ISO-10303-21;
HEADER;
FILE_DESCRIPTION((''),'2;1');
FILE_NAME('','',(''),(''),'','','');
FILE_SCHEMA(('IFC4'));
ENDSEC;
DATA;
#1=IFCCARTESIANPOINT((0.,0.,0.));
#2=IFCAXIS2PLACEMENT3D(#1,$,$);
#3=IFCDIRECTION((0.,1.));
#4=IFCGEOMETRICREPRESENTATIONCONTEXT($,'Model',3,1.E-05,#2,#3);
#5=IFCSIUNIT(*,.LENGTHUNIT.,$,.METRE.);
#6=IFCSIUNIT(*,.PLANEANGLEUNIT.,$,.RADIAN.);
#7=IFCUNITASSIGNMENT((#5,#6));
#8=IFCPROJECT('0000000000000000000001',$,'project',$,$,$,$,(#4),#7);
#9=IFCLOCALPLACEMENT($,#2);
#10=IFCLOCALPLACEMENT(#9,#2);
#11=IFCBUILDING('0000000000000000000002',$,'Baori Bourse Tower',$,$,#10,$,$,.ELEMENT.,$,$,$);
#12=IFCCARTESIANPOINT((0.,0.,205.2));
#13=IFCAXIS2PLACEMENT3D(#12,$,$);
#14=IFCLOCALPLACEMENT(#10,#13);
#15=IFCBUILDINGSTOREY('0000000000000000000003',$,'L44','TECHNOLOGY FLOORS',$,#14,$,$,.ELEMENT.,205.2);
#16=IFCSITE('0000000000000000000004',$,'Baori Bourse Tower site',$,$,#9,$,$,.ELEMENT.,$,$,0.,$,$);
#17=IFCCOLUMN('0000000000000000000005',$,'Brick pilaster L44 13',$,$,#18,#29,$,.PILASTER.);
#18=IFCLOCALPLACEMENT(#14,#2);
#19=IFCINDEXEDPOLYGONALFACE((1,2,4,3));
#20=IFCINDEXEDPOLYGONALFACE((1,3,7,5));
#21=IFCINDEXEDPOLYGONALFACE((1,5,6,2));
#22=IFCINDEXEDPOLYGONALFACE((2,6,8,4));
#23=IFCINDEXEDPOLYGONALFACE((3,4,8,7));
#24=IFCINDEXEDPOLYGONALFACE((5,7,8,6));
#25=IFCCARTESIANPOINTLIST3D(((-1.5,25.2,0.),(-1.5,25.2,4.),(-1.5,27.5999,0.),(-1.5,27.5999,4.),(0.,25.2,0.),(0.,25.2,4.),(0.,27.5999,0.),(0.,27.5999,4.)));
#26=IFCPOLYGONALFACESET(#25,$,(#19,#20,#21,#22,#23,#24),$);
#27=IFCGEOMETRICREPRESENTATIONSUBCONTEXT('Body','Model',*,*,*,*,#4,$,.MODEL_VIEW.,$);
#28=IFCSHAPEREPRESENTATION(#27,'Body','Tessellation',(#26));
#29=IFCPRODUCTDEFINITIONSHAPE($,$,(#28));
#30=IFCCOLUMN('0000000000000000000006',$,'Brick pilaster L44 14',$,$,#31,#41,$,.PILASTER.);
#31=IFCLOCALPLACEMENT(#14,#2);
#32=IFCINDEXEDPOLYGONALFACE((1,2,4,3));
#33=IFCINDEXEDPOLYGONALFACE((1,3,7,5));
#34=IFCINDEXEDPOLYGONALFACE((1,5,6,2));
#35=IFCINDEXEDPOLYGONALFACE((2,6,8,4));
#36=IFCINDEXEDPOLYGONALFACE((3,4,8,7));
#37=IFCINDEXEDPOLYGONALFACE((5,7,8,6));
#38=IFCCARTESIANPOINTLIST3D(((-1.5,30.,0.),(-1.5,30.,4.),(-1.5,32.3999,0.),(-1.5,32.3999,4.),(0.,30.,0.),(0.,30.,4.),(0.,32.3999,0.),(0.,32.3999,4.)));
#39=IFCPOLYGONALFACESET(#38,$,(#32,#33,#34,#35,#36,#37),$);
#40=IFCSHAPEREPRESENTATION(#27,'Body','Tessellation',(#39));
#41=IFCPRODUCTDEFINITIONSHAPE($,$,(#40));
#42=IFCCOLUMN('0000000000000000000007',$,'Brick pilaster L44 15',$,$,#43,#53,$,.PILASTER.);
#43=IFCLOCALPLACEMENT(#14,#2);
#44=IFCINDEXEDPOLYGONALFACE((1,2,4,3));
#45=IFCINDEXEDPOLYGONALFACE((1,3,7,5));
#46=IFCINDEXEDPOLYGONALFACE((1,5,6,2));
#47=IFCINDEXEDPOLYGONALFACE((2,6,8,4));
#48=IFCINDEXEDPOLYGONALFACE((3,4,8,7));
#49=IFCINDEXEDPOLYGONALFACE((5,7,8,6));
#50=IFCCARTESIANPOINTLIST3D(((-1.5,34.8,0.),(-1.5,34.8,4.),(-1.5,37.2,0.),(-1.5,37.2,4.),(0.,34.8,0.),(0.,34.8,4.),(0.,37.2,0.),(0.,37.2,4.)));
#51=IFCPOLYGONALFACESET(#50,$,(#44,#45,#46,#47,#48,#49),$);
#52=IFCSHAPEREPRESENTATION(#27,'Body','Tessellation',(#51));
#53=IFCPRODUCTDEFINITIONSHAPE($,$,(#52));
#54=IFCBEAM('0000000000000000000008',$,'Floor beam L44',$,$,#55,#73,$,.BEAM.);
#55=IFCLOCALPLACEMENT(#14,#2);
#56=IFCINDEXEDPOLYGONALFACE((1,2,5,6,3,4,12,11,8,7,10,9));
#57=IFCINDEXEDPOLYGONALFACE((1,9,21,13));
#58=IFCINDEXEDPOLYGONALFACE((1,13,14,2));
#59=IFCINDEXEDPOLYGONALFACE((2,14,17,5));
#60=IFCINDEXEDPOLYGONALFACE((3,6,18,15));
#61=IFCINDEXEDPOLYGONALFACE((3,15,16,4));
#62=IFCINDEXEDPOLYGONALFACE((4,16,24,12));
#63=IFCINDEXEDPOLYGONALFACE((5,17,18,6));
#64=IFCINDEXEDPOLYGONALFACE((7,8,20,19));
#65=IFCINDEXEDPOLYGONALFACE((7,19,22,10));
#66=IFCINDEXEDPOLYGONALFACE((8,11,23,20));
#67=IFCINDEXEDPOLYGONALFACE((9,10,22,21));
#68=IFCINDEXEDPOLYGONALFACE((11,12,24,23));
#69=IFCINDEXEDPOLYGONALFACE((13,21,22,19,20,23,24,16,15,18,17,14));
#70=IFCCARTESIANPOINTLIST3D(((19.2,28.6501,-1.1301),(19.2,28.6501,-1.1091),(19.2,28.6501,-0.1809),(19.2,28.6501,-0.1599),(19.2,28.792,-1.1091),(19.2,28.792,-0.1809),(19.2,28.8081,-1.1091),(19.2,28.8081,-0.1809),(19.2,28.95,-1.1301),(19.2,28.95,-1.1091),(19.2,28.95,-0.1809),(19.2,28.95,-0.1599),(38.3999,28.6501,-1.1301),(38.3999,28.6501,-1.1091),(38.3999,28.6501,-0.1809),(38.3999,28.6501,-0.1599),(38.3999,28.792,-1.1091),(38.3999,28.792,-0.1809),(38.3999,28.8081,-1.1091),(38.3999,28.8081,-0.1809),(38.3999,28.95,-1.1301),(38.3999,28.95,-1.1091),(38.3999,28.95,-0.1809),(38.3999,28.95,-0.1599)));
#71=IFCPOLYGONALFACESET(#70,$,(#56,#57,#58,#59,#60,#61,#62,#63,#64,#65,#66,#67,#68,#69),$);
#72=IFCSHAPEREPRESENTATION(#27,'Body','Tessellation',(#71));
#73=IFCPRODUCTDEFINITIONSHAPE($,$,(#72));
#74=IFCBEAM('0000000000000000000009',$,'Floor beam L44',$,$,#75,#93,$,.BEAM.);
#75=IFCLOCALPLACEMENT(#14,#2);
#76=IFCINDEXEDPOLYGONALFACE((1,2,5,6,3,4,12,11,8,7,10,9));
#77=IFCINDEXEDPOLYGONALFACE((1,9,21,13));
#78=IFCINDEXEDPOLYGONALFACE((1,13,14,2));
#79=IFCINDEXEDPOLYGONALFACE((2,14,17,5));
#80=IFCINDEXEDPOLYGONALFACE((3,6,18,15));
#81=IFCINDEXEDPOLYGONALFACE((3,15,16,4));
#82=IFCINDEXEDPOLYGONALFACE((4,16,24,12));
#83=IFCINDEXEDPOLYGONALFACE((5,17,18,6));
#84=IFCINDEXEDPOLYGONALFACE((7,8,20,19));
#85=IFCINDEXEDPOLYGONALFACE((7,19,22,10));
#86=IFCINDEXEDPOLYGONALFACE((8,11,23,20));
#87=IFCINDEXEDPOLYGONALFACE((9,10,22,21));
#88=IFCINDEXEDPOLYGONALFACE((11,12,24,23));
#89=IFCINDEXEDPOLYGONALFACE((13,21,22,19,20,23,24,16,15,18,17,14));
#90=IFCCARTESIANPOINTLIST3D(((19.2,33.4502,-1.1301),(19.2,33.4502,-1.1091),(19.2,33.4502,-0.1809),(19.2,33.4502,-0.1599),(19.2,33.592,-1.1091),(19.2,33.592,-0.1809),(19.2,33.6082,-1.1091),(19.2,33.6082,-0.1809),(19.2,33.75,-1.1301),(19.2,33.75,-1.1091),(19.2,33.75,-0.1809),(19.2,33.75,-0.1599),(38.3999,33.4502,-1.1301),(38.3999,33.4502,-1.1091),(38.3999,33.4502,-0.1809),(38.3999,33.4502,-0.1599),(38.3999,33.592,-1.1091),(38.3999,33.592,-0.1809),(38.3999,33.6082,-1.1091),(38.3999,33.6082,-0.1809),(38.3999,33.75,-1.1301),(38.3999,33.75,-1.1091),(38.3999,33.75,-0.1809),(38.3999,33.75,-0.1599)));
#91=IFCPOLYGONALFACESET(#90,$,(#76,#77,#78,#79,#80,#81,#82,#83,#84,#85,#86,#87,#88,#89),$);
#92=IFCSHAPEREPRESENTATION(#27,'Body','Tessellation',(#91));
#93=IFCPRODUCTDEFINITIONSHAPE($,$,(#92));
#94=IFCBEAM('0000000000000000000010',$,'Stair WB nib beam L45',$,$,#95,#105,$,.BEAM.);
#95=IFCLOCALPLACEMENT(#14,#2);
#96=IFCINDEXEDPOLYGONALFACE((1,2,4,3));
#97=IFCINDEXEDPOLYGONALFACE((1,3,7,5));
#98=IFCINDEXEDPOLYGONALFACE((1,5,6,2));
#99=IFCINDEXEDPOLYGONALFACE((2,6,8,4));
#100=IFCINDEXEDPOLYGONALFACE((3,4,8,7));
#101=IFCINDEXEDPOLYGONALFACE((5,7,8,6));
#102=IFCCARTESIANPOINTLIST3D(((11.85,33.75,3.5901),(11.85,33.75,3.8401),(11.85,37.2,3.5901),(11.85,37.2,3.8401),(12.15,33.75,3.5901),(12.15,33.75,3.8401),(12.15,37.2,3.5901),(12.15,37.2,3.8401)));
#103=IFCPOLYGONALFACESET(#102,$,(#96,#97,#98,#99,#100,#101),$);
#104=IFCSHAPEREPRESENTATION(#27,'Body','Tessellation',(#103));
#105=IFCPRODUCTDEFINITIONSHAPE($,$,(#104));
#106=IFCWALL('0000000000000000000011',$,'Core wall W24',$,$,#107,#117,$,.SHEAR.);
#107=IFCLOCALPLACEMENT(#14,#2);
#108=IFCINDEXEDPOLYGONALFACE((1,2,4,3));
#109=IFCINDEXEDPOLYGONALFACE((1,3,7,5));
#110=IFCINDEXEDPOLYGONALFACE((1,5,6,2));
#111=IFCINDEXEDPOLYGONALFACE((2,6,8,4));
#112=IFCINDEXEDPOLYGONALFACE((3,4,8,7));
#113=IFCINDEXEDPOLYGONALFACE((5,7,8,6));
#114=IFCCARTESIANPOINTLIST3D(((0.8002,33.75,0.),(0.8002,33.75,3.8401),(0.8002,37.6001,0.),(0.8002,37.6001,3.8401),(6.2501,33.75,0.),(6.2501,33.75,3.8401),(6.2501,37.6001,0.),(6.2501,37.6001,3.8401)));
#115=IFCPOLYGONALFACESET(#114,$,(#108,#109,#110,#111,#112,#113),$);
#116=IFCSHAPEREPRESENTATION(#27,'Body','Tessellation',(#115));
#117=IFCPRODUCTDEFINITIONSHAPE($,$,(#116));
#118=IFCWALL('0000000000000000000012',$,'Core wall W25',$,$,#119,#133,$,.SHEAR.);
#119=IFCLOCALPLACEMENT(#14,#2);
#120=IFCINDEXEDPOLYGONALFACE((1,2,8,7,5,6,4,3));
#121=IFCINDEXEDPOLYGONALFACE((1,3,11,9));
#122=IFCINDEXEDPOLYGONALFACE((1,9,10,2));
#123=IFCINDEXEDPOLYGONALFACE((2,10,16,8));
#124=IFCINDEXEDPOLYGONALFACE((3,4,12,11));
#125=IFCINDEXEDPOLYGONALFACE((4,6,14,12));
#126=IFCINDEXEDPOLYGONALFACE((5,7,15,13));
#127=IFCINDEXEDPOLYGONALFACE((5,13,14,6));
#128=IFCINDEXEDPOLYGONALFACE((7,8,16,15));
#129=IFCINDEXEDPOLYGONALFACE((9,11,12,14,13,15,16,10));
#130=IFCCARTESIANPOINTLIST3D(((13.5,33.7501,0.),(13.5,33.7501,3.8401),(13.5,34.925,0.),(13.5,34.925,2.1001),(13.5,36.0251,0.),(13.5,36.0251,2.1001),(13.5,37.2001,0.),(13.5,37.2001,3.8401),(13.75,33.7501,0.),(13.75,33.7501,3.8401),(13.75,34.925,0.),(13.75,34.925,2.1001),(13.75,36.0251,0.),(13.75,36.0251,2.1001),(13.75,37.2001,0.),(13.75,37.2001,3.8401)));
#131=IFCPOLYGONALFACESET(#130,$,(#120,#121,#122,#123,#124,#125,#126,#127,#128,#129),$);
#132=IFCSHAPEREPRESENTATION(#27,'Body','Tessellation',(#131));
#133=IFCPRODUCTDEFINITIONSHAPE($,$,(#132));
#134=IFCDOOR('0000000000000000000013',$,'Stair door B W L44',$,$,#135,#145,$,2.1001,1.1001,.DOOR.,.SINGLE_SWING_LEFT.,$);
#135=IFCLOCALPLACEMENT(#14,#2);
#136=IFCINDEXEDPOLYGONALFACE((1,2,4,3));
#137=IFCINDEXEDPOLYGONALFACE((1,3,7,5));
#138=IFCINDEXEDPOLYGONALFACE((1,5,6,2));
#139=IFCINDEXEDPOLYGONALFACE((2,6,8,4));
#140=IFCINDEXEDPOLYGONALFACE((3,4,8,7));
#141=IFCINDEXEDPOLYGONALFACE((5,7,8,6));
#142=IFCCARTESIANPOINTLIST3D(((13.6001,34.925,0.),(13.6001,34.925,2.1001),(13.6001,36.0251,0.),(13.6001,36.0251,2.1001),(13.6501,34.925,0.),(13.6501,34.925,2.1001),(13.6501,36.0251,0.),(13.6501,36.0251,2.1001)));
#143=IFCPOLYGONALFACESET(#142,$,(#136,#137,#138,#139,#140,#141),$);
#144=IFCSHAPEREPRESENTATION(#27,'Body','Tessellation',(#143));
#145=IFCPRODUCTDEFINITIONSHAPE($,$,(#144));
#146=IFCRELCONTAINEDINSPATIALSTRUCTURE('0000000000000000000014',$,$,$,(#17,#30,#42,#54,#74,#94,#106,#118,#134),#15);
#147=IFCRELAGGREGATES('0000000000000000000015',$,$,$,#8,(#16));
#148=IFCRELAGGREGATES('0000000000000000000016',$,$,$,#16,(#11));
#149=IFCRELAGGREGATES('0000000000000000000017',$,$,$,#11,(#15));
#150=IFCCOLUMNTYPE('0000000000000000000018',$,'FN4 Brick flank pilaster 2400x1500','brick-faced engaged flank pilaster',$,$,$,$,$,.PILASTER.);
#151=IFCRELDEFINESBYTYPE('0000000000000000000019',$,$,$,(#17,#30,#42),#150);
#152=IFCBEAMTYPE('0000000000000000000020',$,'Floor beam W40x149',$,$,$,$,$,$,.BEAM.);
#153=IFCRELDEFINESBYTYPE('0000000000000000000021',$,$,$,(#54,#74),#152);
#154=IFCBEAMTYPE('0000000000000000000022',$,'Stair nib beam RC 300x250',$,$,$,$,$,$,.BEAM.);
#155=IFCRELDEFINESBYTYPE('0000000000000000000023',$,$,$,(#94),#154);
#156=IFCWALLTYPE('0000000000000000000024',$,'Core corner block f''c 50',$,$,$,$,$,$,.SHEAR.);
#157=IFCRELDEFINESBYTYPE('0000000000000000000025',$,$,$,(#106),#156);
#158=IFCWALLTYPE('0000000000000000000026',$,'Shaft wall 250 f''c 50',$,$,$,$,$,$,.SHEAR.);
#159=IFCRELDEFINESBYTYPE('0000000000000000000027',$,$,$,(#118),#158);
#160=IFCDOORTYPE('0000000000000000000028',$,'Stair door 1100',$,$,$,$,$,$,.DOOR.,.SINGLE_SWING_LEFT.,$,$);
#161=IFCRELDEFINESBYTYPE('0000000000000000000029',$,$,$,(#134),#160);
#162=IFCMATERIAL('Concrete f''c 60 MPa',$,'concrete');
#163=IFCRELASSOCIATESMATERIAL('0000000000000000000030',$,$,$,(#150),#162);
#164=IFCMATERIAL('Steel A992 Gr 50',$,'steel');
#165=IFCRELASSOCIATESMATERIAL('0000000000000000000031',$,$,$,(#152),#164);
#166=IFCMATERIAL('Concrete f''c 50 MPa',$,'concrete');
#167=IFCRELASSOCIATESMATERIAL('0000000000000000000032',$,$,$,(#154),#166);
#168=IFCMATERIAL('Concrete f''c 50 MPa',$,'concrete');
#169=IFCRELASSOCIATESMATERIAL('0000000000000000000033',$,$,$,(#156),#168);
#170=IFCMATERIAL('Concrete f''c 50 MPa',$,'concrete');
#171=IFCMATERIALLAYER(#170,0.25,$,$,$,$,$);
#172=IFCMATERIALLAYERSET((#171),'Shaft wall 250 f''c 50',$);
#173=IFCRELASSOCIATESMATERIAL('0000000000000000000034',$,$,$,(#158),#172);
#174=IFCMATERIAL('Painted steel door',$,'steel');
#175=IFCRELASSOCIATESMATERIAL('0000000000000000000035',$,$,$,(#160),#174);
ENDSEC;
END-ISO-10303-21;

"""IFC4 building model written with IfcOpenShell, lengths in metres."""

from ifc_helpers import new_model, si_unit, direction, frame, frame_2d, origin, origin_2d, place, context, subcontext, project, spatial, rectangle, i_section, extrude, material, layer, layer_set, material_profile, profile_set, type_object, element, fill, save


model = new_model("IFC4")

# Units and contexts
model_context = context("Model", 3, precision=1e-05, world=origin(), true_north=direction((0.0, 1.0)))
body_context = subcontext(model_context, "Body", "Model", "MODEL_VIEW")
ifc_project = project(units=[si_unit("LENGTHUNIT", "METRE"), si_unit("PLANEANGLEUNIT", "RADIAN")], contexts=[model_context])

# Site, building, storey
site_placement = place(None, origin())
site = spatial("IfcSite", under=ifc_project, at=site_placement, Name="Baori Bourse Tower site", CompositionType="ELEMENT", RefElevation=0.0)
building_placement = place(site_placement, origin())
building = spatial("IfcBuilding", under=site, at=building_placement, Name="Baori Bourse Tower", CompositionType="ELEMENT")
storey_placement = place(building_placement, frame((0.0, 0.0, 205.2)))
storey = spatial("IfcBuildingStorey", under=building, at=storey_placement, Name="L44", Description="TECHNOLOGY FLOORS", CompositionType="ELEMENT", Elevation=205.2)

# Columns
ifc_material_1 = material(Name="Concrete f'c 60 MPa", Category="concrete")
ifc_material_profile_1 = material_profile(ifc_material_1, rectangle(XDim=2.3999, YDim=1.5, at=origin_2d()), Name="RC 2400x1500")
ifc_profile_set_1 = profile_set([ifc_material_profile_1], Name="Concrete f'c 60 MPa")
column_type = type_object("IfcColumnType", Name="FN4 Brick flank pilaster 2400x1500", Description="brick-faced engaged flank pilaster", PredefinedType="PILASTER", material=ifc_profile_set_1)
for number, where, z_axis, x_axis, name in (
    (1, (-0.75, 26.3999, 0.0), (0.0, 0.0, 1.0), (0.0, 1.0, 0.0), "Brick pilaster L44 13"),
    (2, (-0.75, 31.2, 0.0), (0.0, 0.0, 1.0), (0.0, 1.0, 0.0), "Brick pilaster L44 14"),
    (3, (-0.75, 36.0, 0.0), (0.0, 0.0, 1.0), (0.0, 1.0, 0.0), "Brick pilaster L44 15"),
):
    element("IfcColumn", number, at=place(storey_placement, frame(where, z_axis=z_axis, x_axis=x_axis)), inside=storey, type_object=column_type, Name=name, PredefinedType="PILASTER", context=body_context, shape_type="SweptSolid", body=[
        extrude(rectangle(XDim=2.3999, YDim=1.5, at=origin_2d()), origin(), (0.0, 0.0, 1.0), 4.0),
    ])

# Beams
ifc_material_2 = material(Name="Steel A992 Gr 50", Category="steel")
ifc_material_profile_2 = material_profile(ifc_material_2, i_section(OverallWidth=0.2998, OverallDepth=0.9702, WebThickness=0.0161, FlangeThickness=0.021, at=origin_2d()), Name="W40x149")
ifc_profile_set_2 = profile_set([ifc_material_profile_2], Name="Steel A992 Gr 50")
beam_type_1 = type_object("IfcBeamType", Name="Floor beam W40x149", PredefinedType="BEAM", material=ifc_profile_set_2)
for number, where, z_axis, x_axis, name in (
    (4, (19.2, 28.8, -0.645), (1.0, 0.0, 0.0), (0.0, 1.0, 0.0), "Floor beam L44"),
    (5, (19.2, 33.6001, -0.645), (1.0, 0.0, 0.0), (0.0, 1.0, 0.0), "Floor beam L44"),
):
    element("IfcBeam", number, at=place(storey_placement, frame(where, z_axis=z_axis, x_axis=x_axis)), inside=storey, type_object=beam_type_1, Name=name, PredefinedType="BEAM", context=body_context, shape_type="SweptSolid", body=[
        extrude(i_section(OverallWidth=0.2998, OverallDepth=0.9702, WebThickness=0.0161, FlangeThickness=0.021, at=origin_2d()), origin(), (0.0, 0.0, 1.0), 19.2),
    ])
ifc_material_3 = material(Name="Concrete f'c 50 MPa", Category="concrete")
ifc_material_profile_3 = material_profile(ifc_material_3, rectangle(XDim=0.3, YDim=0.25, at=origin_2d()), Name="RC 300x250")
ifc_profile_set_3 = profile_set([ifc_material_profile_3], Name="Concrete f'c 50 MPa")
beam_type_2 = type_object("IfcBeamType", Name="Stair nib beam RC 300x250", PredefinedType="BEAM", material=ifc_profile_set_3)
beam_placement = place(storey_placement, frame((12.0, 33.75, 3.7151), z_axis=(0.0, 1.0, 0.0), x_axis=(-1.0, 0.0, 0.0)))
element("IfcBeam", 6, at=beam_placement, inside=storey, type_object=beam_type_2, Name="Stair WB nib beam L45", PredefinedType="BEAM", context=body_context, shape_type="SweptSolid", body=[
    extrude(rectangle(XDim=0.3, YDim=0.25, at=origin_2d()), origin(), (0.0, 0.0, 1.0), 3.45),
])

# Wall
ifc_material_4 = material(Name="Concrete f'c 50 MPa", Category="concrete")
wall_type_1 = type_object("IfcWallType", Name="Core corner block f'c 50", PredefinedType="SHEAR", material=ifc_material_4)
wall_1_placement = place(storey_placement, frame((0.8, 35.675, 0.0), z_axis=(0.0, 0.0, 1.0), x_axis=(1.0, 0.0, 0.0)))
element("IfcWall", 7, at=wall_1_placement, inside=storey, type_object=wall_type_1, Name="Core wall W24", PredefinedType="SHEAR", context=body_context, shape_type="SweptSolid", body=[
    extrude(rectangle(XDim=5.45, YDim=3.8501, at=frame_2d((2.7251, 0.0))), origin(), (0.0, 0.0, 1.0), 3.8401),
])

# Wall, opening, door
ifc_material_5 = material(Name="Concrete f'c 50 MPa", Category="concrete")
ifc_layer_1 = layer(ifc_material_5, 0.25)
ifc_layer_set_1 = layer_set([ifc_layer_1], Name="Shaft wall 250 f'c 50")
wall_type_2 = type_object("IfcWallType", Name="Shaft wall 250 f'c 50", PredefinedType="SHEAR", material=ifc_layer_set_1)
wall_2_placement = place(storey_placement, frame((13.625, 33.75, 0.0), z_axis=(0.0, 0.0, 1.0), x_axis=(0.0, 1.0, 0.0)))
wall_2 = element("IfcWall", 8, at=wall_2_placement, inside=storey, type_object=wall_type_2, Name="Core wall W25", PredefinedType="SHEAR", context=body_context, shape_type="SweptSolid", body=[
    extrude(rectangle(XDim=3.45, YDim=0.25, at=frame_2d((1.7251, 0.0))), origin(), (0.0, 0.0, 1.0), 3.8401),
])
opening_1_placement = place(wall_2_placement, frame((1.175, 0.0, 0.0)))
opening_1 = element("IfcOpeningElement", 9, at=opening_1_placement, cuts=wall_2, PredefinedType="OPENING", context=body_context, shape_type="SweptSolid", body=[
    extrude(rectangle(XDim=1.1001, YDim=2.1001, at=frame_2d((0.55, 1.05))), frame((0.0, 0.135, 0.0), z_axis=(0.0, -1.0, 0.0), x_axis=(1.0, 0.0, 0.0)), (0.0, 0.0, 1.0), 0.27),
])
ifc_material_6 = material(Name="Painted steel door", Category="steel")
door_type_1 = type_object("IfcDoorType", Name="Stair door 1100", OperationType="SINGLE_SWING_LEFT", PredefinedType="DOOR", material=ifc_material_6)
door_1_placement = place(opening_1_placement, origin())
door_1 = element("IfcDoor", 10, at=door_1_placement, inside=storey, type_object=door_type_1, Name="Stair door B W L44", OperationType="SINGLE_SWING_LEFT", OverallHeight=2.1001, OverallWidth=1.1001, PredefinedType="DOOR", context=body_context, shape_type="SweptSolid", body=[
    extrude(rectangle(XDim=1.1001, YDim=2.1001, at=frame_2d((0.55, 1.05))), frame((0.0, 0.0249, 0.0), z_axis=(0.0, -1.0, 0.0), x_axis=(1.0, 0.0, 0.0)), (0.0, 0.0, 1.0), 0.05),
])
fill(opening_1, door_1)

save(model, "model.ifc")
